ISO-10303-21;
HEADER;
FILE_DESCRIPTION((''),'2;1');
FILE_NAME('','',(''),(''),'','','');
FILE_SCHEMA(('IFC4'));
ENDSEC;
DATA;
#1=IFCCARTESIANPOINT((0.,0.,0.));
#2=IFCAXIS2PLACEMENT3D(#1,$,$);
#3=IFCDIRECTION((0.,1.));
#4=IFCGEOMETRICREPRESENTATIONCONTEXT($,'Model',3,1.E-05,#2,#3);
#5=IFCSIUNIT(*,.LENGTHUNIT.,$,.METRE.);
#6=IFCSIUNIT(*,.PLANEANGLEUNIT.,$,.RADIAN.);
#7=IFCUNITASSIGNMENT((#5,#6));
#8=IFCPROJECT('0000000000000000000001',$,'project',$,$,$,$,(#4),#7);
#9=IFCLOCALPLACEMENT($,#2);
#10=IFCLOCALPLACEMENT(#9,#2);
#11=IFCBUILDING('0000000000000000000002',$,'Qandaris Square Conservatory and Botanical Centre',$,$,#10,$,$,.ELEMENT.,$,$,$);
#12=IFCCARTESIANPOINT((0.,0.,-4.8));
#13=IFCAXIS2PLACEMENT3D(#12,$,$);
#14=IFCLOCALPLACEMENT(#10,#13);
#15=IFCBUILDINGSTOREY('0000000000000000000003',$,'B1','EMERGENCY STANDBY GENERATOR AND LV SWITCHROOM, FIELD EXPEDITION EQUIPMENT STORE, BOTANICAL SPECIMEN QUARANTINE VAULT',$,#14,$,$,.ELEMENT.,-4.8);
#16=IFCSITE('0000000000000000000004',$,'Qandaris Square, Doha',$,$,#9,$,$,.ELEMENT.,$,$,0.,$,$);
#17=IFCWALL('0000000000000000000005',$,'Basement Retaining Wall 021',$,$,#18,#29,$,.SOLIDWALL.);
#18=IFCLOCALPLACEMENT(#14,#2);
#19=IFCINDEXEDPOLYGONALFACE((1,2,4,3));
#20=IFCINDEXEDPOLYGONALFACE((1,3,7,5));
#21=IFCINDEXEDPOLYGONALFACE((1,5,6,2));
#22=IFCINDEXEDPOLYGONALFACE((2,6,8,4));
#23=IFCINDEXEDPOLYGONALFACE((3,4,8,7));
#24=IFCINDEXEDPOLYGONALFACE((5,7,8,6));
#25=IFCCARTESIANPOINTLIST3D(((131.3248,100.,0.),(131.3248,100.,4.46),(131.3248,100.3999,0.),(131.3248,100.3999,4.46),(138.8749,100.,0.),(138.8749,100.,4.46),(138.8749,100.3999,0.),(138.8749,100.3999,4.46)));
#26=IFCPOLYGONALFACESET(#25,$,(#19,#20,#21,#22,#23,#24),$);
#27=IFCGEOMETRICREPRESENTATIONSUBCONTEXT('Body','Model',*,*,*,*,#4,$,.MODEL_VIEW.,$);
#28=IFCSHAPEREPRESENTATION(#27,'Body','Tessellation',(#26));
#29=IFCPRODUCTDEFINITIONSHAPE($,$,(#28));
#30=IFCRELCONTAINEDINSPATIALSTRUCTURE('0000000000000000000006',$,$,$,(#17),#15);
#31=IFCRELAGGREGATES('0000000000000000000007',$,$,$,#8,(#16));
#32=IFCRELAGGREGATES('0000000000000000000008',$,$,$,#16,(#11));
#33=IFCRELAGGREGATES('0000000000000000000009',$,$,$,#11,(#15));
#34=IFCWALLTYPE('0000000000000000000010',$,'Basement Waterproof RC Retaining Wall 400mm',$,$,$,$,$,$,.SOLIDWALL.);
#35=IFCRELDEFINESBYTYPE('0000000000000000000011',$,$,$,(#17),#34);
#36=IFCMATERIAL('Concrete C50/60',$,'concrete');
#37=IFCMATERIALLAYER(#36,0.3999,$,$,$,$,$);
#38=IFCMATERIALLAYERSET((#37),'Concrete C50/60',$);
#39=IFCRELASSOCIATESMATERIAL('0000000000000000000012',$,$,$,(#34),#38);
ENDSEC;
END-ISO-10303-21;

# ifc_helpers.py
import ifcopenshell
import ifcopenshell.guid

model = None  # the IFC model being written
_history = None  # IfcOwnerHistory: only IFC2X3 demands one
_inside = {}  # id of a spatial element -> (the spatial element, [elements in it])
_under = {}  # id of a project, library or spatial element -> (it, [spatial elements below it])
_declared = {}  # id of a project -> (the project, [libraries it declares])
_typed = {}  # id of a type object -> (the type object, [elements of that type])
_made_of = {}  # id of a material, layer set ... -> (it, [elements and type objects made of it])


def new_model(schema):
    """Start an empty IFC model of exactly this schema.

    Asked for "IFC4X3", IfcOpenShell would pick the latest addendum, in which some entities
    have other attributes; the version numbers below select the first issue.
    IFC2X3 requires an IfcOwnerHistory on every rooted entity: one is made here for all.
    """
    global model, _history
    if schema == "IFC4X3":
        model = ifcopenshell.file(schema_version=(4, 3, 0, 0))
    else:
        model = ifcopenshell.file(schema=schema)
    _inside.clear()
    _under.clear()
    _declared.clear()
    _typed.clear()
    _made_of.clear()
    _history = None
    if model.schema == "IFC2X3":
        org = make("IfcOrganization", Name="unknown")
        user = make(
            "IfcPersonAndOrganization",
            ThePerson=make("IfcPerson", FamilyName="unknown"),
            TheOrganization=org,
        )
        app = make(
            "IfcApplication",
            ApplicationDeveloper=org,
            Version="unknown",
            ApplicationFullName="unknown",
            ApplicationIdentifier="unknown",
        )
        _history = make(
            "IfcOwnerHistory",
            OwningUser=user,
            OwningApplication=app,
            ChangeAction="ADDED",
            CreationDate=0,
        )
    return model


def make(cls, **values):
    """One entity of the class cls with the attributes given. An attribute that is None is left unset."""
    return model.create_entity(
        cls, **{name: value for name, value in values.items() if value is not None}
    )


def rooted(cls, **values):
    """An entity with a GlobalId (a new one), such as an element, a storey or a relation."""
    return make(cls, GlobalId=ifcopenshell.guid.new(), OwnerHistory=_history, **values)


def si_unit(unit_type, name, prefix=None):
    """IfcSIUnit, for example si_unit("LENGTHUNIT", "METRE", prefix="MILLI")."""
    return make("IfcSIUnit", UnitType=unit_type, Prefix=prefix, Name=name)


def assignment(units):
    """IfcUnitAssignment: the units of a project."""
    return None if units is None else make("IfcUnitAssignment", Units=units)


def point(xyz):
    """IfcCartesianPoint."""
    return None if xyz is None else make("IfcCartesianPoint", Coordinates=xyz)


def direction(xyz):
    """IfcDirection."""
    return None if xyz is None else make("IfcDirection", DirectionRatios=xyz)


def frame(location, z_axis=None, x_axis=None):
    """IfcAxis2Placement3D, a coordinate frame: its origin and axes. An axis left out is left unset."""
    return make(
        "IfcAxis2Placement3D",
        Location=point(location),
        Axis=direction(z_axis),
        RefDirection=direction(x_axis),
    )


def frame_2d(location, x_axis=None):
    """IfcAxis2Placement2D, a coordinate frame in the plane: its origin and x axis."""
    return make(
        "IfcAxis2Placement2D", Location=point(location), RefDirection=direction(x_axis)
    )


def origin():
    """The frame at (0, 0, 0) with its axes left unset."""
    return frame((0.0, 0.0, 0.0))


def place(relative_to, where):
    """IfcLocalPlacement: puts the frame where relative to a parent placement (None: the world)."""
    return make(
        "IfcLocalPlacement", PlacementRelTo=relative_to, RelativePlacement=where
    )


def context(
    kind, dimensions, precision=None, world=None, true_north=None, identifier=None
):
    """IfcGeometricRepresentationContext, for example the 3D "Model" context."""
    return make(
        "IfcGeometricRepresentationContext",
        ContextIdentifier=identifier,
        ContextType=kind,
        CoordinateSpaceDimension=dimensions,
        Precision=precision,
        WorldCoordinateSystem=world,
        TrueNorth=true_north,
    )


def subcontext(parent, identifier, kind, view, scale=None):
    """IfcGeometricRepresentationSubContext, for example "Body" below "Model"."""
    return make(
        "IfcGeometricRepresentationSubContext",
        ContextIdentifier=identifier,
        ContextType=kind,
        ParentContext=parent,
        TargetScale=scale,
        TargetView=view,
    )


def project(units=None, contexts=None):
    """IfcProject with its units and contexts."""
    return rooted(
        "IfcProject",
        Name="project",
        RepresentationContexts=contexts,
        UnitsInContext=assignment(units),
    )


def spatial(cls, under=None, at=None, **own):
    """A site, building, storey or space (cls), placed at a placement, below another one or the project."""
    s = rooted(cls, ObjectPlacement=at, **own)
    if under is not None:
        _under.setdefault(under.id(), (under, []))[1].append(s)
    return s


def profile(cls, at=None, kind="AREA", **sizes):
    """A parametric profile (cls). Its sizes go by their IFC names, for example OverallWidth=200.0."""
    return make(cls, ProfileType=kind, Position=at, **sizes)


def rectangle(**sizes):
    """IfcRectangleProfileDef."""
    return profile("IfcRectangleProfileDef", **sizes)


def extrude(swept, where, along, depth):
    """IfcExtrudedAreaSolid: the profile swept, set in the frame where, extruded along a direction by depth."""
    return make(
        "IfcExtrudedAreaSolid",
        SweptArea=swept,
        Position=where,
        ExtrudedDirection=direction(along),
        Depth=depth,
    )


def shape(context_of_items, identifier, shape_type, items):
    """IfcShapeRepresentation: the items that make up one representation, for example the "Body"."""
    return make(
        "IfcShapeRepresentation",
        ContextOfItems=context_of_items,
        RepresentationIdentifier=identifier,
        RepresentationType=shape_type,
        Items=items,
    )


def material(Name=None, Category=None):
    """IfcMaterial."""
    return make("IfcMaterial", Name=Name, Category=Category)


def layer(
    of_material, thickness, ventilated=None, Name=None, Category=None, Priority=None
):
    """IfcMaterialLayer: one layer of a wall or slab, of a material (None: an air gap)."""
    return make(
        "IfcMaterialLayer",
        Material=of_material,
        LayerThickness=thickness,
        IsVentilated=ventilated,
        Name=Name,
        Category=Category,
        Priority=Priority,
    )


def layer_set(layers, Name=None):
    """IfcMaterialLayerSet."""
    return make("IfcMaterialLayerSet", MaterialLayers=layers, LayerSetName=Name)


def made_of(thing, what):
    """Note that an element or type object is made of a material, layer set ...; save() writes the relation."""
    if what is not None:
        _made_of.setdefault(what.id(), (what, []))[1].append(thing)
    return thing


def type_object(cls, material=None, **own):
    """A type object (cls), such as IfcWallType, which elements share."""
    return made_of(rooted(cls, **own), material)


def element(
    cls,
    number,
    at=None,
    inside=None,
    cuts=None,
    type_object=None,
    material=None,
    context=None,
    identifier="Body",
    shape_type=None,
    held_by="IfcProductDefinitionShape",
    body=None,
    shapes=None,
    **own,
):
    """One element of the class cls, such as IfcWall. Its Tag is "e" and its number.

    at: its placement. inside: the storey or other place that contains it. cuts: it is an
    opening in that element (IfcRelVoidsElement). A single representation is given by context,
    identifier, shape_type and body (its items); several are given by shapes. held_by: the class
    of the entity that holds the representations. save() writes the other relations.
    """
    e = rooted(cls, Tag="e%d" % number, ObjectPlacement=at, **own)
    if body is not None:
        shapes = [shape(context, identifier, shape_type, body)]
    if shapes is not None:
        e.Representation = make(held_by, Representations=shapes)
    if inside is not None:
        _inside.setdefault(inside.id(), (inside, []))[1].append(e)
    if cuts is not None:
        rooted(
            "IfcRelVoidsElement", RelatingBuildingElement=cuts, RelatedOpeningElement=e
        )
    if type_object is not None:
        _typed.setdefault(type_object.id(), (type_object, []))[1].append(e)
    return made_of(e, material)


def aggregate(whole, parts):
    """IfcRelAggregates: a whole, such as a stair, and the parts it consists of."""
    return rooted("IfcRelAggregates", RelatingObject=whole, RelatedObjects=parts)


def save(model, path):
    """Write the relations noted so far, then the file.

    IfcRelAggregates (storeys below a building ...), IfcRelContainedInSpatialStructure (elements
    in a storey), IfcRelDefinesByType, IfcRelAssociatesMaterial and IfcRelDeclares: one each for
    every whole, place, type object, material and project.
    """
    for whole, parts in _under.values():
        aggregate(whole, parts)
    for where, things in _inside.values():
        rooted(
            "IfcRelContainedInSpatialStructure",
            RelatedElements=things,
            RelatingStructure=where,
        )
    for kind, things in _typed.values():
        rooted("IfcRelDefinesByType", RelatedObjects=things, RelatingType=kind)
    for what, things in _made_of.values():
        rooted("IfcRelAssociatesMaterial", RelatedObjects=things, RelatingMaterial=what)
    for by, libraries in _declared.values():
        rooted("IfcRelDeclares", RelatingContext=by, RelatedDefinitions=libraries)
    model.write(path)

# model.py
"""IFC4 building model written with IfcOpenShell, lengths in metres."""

from ifc_helpers import new_model, si_unit, direction, frame, frame_2d, origin, place, context, subcontext, project, spatial, rectangle, extrude, material, layer, layer_set, type_object, element, save


model = new_model("IFC4")

# Units and contexts
model_context = context("Model", 3, precision=1e-05, world=origin(), true_north=direction((0.0, 1.0)))
body_context = subcontext(model_context, "Body", "Model", "MODEL_VIEW")
ifc_project = project(units=[si_unit("LENGTHUNIT", "METRE"), si_unit("PLANEANGLEUNIT", "RADIAN")], contexts=[model_context])

# Site, building, storey
site_placement = place(None, origin())
site = spatial("IfcSite", under=ifc_project, at=site_placement, Name="Qandaris Square, Doha", CompositionType="ELEMENT", RefElevation=0.0)
building_placement = place(site_placement, origin())
building = spatial("IfcBuilding", under=site, at=building_placement, Name="Qandaris Square Conservatory and Botanical Centre", CompositionType="ELEMENT")
storey_placement = place(building_placement, frame((0.0, 0.0, -4.8)))
storey = spatial("IfcBuildingStorey", under=building, at=storey_placement, Name="B1", Description="EMERGENCY STANDBY GENERATOR AND LV SWITCHROOM, FIELD EXPEDITION EQUIPMENT STORE, BOTANICAL SPECIMEN QUARANTINE VAULT", CompositionType="ELEMENT", Elevation=-4.8)

# Shared definitions
ifc_material_1 = material(Name="Concrete C50/60", Category="concrete")

# Wall
ifc_layer = layer(ifc_material_1, 0.3999)
ifc_layer_set = layer_set([ifc_layer], Name="Concrete C50/60")
wall_type = type_object("IfcWallType", Name="Basement Waterproof RC Retaining Wall 400mm", PredefinedType="SOLIDWALL", material=ifc_layer_set)
wall_placement = place(storey_placement, frame((131.325, 100.2, 0.0), z_axis=(0.0, 0.0, 1.0), x_axis=(1.0, 0.0, 0.0)))
element("IfcWall", 1, at=wall_placement, inside=storey, type_object=wall_type, Name="Basement Retaining Wall 021", PredefinedType="SOLIDWALL", context=body_context, shape_type="SweptSolid", body=[
    extrude(rectangle(XDim=7.55, YDim=0.3999, at=frame_2d((3.7749, 0.0))), origin(), (0.0, 0.0, 1.0), 4.46),
])

save(model, "model.ifc")
